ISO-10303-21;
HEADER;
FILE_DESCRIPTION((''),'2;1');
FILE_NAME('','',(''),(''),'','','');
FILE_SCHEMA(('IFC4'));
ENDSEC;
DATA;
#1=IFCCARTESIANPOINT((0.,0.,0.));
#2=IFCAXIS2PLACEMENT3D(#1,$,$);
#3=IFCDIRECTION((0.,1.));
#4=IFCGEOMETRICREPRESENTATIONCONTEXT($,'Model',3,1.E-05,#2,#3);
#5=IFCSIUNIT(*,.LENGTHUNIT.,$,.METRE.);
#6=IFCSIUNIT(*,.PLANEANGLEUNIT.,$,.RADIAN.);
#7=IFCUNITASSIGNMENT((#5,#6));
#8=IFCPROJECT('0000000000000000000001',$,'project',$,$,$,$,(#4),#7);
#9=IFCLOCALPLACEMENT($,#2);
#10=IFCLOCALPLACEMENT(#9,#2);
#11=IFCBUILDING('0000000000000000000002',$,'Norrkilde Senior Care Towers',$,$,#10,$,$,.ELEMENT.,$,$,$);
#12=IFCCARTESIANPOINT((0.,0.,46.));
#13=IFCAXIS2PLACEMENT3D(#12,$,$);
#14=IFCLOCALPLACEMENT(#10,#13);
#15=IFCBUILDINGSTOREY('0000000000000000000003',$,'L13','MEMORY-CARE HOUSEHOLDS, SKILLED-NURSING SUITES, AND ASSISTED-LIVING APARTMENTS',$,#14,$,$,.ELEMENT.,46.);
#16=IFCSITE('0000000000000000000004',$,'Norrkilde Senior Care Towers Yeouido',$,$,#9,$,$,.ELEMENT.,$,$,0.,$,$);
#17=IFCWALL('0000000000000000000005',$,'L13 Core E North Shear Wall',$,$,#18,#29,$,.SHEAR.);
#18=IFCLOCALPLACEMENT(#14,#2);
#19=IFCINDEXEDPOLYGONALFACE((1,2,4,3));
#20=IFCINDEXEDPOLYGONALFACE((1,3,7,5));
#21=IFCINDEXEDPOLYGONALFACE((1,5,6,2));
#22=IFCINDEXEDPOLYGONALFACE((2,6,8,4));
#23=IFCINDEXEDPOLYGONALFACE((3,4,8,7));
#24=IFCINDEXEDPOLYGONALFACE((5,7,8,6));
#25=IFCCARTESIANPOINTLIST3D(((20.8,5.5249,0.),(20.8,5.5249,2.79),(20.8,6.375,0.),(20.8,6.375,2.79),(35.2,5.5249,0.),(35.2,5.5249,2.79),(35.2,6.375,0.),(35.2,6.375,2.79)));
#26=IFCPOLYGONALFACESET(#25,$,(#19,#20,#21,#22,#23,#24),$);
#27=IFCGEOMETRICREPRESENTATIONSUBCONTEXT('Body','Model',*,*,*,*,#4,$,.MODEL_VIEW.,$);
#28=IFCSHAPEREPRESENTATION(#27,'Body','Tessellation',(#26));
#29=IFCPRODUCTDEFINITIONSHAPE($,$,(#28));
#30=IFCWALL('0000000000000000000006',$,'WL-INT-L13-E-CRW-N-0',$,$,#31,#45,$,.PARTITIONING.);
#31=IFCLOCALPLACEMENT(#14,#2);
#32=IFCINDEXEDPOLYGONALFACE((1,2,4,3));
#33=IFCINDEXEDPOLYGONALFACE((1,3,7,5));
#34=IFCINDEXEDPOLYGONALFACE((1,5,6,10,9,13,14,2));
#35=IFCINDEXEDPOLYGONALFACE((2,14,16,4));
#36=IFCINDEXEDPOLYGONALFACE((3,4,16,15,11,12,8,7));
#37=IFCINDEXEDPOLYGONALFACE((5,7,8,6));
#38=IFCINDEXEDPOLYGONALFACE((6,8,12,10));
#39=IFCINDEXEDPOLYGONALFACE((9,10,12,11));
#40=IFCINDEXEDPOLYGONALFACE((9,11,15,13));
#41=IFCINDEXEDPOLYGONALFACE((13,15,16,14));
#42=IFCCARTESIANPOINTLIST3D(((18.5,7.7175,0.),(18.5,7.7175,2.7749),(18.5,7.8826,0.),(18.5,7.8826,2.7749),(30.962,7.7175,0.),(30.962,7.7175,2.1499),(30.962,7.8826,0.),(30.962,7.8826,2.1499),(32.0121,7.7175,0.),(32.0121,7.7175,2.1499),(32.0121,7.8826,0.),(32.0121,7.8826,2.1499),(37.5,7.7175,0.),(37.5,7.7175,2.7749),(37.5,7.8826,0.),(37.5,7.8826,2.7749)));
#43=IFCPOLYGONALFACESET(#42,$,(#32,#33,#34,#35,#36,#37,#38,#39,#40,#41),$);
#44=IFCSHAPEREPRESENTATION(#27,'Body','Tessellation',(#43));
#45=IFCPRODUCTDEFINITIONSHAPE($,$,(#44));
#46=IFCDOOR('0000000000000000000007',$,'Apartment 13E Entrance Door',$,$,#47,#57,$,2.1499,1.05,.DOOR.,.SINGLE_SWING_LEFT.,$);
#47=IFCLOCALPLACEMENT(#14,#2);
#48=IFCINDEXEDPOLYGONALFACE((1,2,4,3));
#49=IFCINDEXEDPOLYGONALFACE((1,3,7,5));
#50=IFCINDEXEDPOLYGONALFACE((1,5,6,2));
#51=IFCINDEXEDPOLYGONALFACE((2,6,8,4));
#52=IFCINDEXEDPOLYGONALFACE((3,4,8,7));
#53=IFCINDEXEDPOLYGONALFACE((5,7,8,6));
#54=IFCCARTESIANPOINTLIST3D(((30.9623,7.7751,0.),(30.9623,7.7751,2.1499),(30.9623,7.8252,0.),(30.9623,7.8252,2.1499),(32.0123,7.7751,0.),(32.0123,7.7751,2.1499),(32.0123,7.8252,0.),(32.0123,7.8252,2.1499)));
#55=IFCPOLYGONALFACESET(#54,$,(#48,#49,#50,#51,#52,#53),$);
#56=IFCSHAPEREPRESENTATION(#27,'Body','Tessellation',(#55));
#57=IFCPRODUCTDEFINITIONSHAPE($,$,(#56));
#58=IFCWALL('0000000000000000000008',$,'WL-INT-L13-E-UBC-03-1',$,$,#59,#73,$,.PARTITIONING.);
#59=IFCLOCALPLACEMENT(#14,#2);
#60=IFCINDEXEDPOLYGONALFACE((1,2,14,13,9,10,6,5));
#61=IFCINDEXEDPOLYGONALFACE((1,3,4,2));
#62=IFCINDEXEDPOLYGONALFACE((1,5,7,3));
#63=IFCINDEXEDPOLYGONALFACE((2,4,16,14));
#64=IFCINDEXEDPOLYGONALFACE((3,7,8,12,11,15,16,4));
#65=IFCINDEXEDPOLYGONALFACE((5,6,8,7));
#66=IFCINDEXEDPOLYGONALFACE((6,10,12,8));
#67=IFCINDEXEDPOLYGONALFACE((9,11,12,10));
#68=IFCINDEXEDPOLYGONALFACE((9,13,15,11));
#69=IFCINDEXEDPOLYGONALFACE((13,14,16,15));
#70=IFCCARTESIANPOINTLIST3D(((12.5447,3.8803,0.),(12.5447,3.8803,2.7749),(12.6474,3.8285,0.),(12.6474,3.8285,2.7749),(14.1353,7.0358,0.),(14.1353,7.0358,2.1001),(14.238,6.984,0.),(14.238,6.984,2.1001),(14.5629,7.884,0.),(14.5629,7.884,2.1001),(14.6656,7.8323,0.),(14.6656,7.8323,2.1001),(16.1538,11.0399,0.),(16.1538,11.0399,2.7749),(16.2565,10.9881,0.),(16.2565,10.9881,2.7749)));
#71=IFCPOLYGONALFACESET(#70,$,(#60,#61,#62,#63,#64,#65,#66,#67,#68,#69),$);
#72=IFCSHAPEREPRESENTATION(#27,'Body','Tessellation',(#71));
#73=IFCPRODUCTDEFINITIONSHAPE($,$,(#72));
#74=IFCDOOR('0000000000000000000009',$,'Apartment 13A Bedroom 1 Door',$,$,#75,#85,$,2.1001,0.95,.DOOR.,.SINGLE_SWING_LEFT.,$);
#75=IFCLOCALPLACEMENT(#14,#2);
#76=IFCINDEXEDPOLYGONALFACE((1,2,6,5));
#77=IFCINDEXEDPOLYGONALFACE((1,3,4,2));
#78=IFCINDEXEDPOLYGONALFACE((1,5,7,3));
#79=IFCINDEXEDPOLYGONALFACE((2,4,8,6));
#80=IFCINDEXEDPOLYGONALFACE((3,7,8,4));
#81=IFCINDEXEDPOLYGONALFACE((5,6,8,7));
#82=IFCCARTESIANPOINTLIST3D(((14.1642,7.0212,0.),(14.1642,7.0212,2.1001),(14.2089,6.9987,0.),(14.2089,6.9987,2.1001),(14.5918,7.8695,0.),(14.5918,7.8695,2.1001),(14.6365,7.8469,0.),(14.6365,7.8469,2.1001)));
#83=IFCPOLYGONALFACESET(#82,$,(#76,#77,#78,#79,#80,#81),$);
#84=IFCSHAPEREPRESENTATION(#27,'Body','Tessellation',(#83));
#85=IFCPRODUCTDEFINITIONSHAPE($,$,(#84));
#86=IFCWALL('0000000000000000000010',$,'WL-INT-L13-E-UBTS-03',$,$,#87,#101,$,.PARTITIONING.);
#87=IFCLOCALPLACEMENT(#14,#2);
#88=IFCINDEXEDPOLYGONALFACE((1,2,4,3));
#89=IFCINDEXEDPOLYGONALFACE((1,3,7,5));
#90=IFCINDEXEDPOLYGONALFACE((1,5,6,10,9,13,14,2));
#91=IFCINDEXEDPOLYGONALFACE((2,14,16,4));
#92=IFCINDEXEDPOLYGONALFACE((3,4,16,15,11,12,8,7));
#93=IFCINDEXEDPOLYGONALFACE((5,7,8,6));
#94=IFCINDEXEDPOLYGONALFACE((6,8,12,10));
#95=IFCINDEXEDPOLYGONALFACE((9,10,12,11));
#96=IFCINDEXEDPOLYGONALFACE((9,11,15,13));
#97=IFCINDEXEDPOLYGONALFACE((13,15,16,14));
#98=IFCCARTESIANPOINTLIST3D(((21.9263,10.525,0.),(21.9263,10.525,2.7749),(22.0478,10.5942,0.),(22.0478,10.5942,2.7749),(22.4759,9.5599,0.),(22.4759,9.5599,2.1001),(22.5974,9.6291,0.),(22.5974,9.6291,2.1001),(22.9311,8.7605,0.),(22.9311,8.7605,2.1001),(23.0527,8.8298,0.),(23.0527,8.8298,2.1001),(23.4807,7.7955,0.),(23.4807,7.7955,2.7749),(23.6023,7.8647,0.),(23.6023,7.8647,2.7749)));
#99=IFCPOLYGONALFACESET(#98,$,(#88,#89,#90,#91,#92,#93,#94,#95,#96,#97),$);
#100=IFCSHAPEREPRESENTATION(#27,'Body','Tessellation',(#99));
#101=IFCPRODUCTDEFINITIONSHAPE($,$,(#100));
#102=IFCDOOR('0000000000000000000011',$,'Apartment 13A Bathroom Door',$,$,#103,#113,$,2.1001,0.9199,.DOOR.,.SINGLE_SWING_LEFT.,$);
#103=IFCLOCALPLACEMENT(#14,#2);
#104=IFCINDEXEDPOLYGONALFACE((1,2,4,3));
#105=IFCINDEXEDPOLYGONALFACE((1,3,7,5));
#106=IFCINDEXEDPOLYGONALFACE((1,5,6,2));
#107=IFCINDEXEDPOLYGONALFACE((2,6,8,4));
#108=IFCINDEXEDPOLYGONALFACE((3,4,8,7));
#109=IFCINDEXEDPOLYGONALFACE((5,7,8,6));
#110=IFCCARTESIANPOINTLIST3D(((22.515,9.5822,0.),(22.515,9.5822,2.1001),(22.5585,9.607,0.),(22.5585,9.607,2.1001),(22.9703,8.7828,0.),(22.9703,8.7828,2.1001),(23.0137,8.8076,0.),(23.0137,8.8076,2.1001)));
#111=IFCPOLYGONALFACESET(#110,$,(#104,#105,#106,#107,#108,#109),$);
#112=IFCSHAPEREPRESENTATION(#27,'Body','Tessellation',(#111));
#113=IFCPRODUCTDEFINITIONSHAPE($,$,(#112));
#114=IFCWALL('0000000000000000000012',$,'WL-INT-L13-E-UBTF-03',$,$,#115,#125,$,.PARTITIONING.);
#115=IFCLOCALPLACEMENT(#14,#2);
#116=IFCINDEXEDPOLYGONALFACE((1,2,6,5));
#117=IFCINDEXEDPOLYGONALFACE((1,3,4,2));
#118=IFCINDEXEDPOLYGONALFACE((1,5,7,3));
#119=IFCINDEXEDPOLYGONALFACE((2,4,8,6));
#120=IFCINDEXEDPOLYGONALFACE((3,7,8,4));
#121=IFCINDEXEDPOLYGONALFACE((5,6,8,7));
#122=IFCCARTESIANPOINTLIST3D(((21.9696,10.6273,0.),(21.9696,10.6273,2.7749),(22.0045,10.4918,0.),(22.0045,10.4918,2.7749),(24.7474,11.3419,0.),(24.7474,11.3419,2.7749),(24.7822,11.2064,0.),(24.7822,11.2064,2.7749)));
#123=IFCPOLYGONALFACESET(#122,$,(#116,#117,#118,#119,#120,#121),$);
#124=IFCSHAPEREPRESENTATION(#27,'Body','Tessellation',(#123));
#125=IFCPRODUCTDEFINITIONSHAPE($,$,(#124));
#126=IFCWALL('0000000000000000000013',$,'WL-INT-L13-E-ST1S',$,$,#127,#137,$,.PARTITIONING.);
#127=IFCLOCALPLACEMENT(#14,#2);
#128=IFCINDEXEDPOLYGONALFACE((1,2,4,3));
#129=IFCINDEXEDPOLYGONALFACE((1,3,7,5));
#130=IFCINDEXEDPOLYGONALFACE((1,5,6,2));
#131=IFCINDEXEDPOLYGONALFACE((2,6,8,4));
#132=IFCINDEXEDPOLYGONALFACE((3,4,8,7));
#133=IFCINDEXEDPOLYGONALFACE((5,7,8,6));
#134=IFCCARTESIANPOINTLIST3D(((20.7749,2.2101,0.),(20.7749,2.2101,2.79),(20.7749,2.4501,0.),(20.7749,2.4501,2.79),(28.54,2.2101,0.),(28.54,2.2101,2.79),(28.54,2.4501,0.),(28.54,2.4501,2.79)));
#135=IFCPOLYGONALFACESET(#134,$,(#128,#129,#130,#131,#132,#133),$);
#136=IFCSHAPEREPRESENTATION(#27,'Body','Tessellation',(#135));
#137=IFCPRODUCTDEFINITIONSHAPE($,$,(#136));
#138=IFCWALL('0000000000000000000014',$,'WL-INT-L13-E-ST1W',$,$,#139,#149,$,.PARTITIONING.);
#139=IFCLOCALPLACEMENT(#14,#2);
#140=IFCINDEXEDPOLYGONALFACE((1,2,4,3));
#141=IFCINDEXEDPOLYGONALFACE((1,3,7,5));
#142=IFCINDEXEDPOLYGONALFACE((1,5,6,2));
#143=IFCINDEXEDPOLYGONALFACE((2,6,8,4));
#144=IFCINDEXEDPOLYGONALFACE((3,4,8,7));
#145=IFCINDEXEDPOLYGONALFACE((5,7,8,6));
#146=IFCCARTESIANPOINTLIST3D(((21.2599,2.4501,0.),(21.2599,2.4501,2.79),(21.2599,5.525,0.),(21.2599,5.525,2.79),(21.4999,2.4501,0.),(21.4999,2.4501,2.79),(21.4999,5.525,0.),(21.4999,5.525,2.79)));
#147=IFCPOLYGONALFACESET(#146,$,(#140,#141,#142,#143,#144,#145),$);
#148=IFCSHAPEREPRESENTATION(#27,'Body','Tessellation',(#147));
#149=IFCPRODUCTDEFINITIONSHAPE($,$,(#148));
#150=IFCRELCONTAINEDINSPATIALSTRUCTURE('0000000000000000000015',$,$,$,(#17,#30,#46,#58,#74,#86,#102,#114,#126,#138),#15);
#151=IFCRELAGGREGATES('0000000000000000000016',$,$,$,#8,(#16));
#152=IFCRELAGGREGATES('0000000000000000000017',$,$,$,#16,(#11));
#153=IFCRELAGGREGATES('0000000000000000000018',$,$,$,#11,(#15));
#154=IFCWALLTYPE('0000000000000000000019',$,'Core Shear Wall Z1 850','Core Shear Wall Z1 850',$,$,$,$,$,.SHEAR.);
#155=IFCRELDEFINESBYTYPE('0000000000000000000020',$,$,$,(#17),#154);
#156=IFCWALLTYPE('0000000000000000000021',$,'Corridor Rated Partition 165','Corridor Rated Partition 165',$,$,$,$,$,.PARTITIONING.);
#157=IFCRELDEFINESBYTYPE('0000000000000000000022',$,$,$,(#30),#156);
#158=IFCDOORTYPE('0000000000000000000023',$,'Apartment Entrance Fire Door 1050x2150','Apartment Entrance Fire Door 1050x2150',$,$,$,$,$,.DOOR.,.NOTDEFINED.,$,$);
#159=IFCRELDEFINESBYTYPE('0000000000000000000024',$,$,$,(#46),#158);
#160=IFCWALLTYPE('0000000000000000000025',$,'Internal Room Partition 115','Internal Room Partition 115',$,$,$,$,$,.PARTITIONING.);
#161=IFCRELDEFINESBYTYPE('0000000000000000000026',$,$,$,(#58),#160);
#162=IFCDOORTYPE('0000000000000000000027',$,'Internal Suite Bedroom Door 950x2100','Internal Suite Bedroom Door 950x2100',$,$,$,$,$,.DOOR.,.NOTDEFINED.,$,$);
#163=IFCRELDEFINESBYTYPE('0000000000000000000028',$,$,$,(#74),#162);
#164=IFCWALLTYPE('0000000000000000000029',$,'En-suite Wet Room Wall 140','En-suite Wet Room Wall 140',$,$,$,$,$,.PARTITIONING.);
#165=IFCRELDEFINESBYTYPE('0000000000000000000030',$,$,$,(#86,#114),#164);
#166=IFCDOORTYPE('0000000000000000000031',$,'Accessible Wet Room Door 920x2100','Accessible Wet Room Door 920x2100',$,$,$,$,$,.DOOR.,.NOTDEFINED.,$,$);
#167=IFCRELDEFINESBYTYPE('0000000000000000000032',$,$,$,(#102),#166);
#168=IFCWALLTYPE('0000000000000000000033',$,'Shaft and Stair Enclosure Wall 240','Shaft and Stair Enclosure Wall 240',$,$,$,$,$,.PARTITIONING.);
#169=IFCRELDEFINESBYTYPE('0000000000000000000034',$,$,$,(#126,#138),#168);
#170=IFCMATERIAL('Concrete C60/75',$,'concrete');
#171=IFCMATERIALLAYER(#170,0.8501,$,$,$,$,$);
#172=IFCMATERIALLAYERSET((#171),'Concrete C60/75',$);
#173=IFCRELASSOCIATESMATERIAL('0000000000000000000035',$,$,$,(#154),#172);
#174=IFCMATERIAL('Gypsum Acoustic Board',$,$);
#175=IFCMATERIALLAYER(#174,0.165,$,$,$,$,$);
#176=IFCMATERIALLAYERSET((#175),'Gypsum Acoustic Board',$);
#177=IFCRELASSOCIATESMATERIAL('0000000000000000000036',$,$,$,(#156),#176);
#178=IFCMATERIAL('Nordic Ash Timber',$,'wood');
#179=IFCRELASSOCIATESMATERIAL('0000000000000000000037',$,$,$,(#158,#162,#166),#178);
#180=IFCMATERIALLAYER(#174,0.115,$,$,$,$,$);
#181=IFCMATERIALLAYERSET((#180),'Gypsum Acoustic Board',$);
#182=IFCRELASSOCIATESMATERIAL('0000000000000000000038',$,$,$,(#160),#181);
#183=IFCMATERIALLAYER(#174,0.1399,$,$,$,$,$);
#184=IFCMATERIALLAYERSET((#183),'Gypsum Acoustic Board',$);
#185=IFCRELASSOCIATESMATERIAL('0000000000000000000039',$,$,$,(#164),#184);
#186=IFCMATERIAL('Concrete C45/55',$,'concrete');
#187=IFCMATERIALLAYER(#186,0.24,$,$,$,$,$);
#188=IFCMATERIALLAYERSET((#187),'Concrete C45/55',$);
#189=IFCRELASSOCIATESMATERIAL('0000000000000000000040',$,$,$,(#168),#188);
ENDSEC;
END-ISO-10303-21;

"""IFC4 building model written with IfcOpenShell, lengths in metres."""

from ifc_helpers import new_model, si_unit, direction, frame, frame_2d, origin, place, context, subcontext, project, spatial, rectangle, extrude, source, transform, mapped, material, layer, layer_set, type_object, type_shapes, element, fill, save


model = new_model("IFC4")

# Units and contexts
model_context = context("Model", 3, precision=1e-05, world=origin(), true_north=direction((0.0, 1.0)))
body_context = subcontext(model_context, "Body", "Model", "MODEL_VIEW")
ifc_project = project(units=[si_unit("LENGTHUNIT", "METRE"), si_unit("PLANEANGLEUNIT", "RADIAN")], contexts=[model_context])

# Site, building, storey
site_placement = place(None, origin())
site = spatial("IfcSite", under=ifc_project, at=site_placement, Name="Norrkilde Senior Care Towers Yeouido", CompositionType="ELEMENT", RefElevation=0.0)
building_placement = place(site_placement, origin())
building = spatial("IfcBuilding", under=site, at=building_placement, Name="Norrkilde Senior Care Towers", CompositionType="ELEMENT")
storey_placement = place(building_placement, frame((0.0, 0.0, 46.0)))
storey = spatial("IfcBuildingStorey", under=building, at=storey_placement, Name="L13", Description="MEMORY-CARE HOUSEHOLDS, SKILLED-NURSING SUITES, AND ASSISTED-LIVING APARTMENTS", CompositionType="ELEMENT", Elevation=46.0)

# Shared definitions
ifc_material_1 = material(Name="Concrete C60/75", Category="concrete")

# Wall
ifc_layer_1 = layer(ifc_material_1, 0.8501)
ifc_layer_set_1 = layer_set([ifc_layer_1], Name="Concrete C60/75")
wall_type_1 = type_object("IfcWallType", Name="Core Shear Wall Z1 850", Description="Core Shear Wall Z1 850", PredefinedType="SHEAR", material=ifc_layer_set_1)
shared_shape_1 = source(origin(), body_context, "Body", "SweptSolid", [
    extrude(rectangle(XDim=14.3999, YDim=0.8501, at=frame_2d((7.2, 0.0))), origin(), (0.0, 0.0, 1.0), 2.79),
])
type_shapes(wall_type_1, [shared_shape_1])
wall_1_placement = place(storey_placement, frame((20.8, 5.95, 0.0), z_axis=(0.0, 0.0, 1.0), x_axis=(1.0, 0.0, 0.0)))
element("IfcWall", 1, at=wall_1_placement, inside=storey, type_object=wall_type_1, Name="L13 Core E North Shear Wall", PredefinedType="SHEAR", context=body_context, shape_type="MappedRepresentation", body=[
    mapped(shared_shape_1, transform((0.0, 0.0, 0.0), x_axis=(1.0, 0.0, 0.0), y_axis=(0.0, 1.0, 0.0), z_axis=(0.0, 0.0, 1.0), scale=1.0)),
])

# Walls, openings, doors
ifc_material_2 = material(Name="Gypsum Acoustic Board")
ifc_layer_2 = layer(ifc_material_2, 0.165)
ifc_layer_set_2 = layer_set([ifc_layer_2], Name="Gypsum Acoustic Board")
wall_type_2 = type_object("IfcWallType", Name="Corridor Rated Partition 165", Description="Corridor Rated Partition 165", PredefinedType="PARTITIONING", material=ifc_layer_set_2)
shared_shape_2 = source(origin(), body_context, "Body", "SweptSolid", [
    extrude(rectangle(XDim=19.0, YDim=0.165, at=frame_2d((9.5, 0.0))), origin(), (0.0, 0.0, 1.0), 2.7749),
])
type_shapes(wall_type_2, [shared_shape_2])
wall_2_placement = place(storey_placement, frame((18.5, 7.8, 0.0), z_axis=(0.0, 0.0, 1.0), x_axis=(1.0, 0.0, 0.0)))
wall_2 = element("IfcWall", 2, at=wall_2_placement, inside=storey, type_object=wall_type_2, Name="WL-INT-L13-E-CRW-N-0", PredefinedType="PARTITIONING", context=body_context, shape_type="MappedRepresentation", body=[
    mapped(shared_shape_2, transform((0.0, 0.0, 0.0), x_axis=(1.0, 0.0, 0.0), y_axis=(0.0, 1.0, 0.0), z_axis=(0.0, 0.0, 1.0), scale=1.0)),
])
opening_1_placement = place(wall_2_placement, frame((12.4622, 0.0, 0.0)))
opening_1 = element("IfcOpeningElement", 3, at=opening_1_placement, cuts=wall_2, PredefinedType="OPENING", context=body_context, shape_type="SweptSolid", body=[
    extrude(rectangle(XDim=1.05, YDim=2.1499, at=frame_2d((0.5249, 1.075))), frame((0.0, 0.0925, 0.0), z_axis=(0.0, -1.0, 0.0), x_axis=(1.0, 0.0, 0.0)), (0.0, 0.0, 1.0), 0.1851),
])
ifc_material_3 = material(Name="Nordic Ash Timber", Category="wood")
door_type_1 = type_object("IfcDoorType", Name="Apartment Entrance Fire Door 1050x2150", Description="Apartment Entrance Fire Door 1050x2150", OperationType="NOTDEFINED", PredefinedType="DOOR", material=ifc_material_3)
shared_shape_3 = source(origin(), body_context, "Body", "SweptSolid", [
    extrude(rectangle(XDim=1.05, YDim=2.1499, at=frame_2d((0.5249, 1.075))), frame((0.0, 0.0249, 0.0), z_axis=(0.0, -1.0, 0.0), x_axis=(1.0, 0.0, 0.0)), (0.0, 0.0, 1.0), 0.05),
])
type_shapes(door_type_1, [shared_shape_3])
door_1_placement = place(opening_1_placement, frame((1.05, 0.0, 0.0), z_axis=(0.0, 0.0, 1.0), x_axis=(-1.0, 0.0, 0.0)))
door_1 = element("IfcDoor", 4, at=door_1_placement, inside=storey, type_object=door_type_1, Name="Apartment 13E Entrance Door", OperationType="SINGLE_SWING_LEFT", OverallHeight=2.1499, OverallWidth=1.05, PredefinedType="DOOR", context=body_context, shape_type="MappedRepresentation", body=[
    mapped(shared_shape_3, transform((0.0, 0.0, 0.0), x_axis=(1.0, 0.0, 0.0), y_axis=(0.0, 1.0, 0.0), z_axis=(0.0, 0.0, 1.0), scale=1.0)),
])
fill(opening_1, door_1)
ifc_layer_3 = layer(ifc_material_2, 0.115)
ifc_layer_set_3 = layer_set([ifc_layer_3], Name="Gypsum Acoustic Board")
wall_type_3 = type_object("IfcWallType", Name="Internal Room Partition 115", Description="Internal Room Partition 115", PredefinedType="PARTITIONING", material=ifc_layer_set_3)
shared_shape_4 = source(origin(), body_context, "Body", "SweptSolid", [
    extrude(rectangle(XDim=8.0178, YDim=0.115, at=frame_2d((4.0088, 0.0))), origin(), (0.0, 0.0, 1.0), 2.7749),
])
wall_3_placement = place(storey_placement, frame((16.2051, 11.0139, 0.0), z_axis=(0.0, 0.0, 1.0), x_axis=(-0.450134, -0.892961, 0.0)))
wall_3 = element("IfcWall", 5, at=wall_3_placement, inside=storey, type_object=wall_type_3, Name="WL-INT-L13-E-UBC-03-1", PredefinedType="PARTITIONING", context=body_context, shape_type="MappedRepresentation", body=[
    mapped(shared_shape_4, transform((0.0, 0.0, 0.0), x_axis=(1.0, 0.0, 0.0), y_axis=(0.0, 1.0, 0.0), z_axis=(0.0, 0.0, 1.0), scale=1.0)),
])
opening_2_placement = place(wall_3_placement, frame((3.5339, 0.0, 0.0)))
opening_2 = element("IfcOpeningElement", 6, at=opening_2_placement, cuts=wall_3, PredefinedType="OPENING", context=body_context, shape_type="SweptSolid", body=[
    extrude(rectangle(XDim=0.95, YDim=2.1001, at=frame_2d((0.4751, 1.05))), frame((0.0, 0.0674, 0.0), z_axis=(0.0, -1.0, 0.0), x_axis=(1.0, 0.0, 0.0)), (0.0, 0.0, 1.0), 0.135),
])
door_type_2 = type_object("IfcDoorType", Name="Internal Suite Bedroom Door 950x2100", Description="Internal Suite Bedroom Door 950x2100", OperationType="NOTDEFINED", PredefinedType="DOOR", material=ifc_material_3)
shared_shape_5 = source(origin(), body_context, "Body", "SweptSolid", [
    extrude(rectangle(XDim=0.95, YDim=2.1001, at=frame_2d((0.4751, 1.05))), frame((0.0, 0.0249, 0.0), z_axis=(0.0, -1.0, 0.0), x_axis=(1.0, 0.0, 0.0)), (0.0, 0.0, 1.0), 0.05),
])
type_shapes(door_type_2, [shared_shape_5])
door_2_placement = place(opening_2_placement, origin())
door_2 = element("IfcDoor", 7, at=door_2_placement, inside=storey, type_object=door_type_2, Name="Apartment 13A Bedroom 1 Door", OperationType="SINGLE_SWING_LEFT", OverallHeight=2.1001, OverallWidth=0.95, PredefinedType="DOOR", context=body_context, shape_type="MappedRepresentation", body=[
    mapped(shared_shape_5, transform((0.0, 0.0, 0.0), x_axis=(1.0, 0.0, 0.0), y_axis=(0.0, 1.0, 0.0), z_axis=(0.0, 0.0, 1.0), scale=1.0)),
])
fill(opening_2, door_2)
ifc_layer_4 = layer(ifc_material_2, 0.1399)
ifc_layer_set_4 = layer_set([ifc_layer_4], Name="Gypsum Acoustic Board")
wall_type_4 = type_object("IfcWallType", Name="En-suite Wet Room Wall 140", Description="En-suite Wet Room Wall 140", PredefinedType="PARTITIONING", material=ifc_layer_set_4)
shared_shape_6 = source(origin(), body_context, "Body", "SweptSolid", [
    extrude(rectangle(XDim=3.1411, YDim=0.1399, at=frame_2d((1.5706, 0.0))), origin(), (0.0, 0.0, 1.0), 2.7749),
])
wall_4_placement = place(storey_placement, frame((23.5415, 7.8301, 0.0), z_axis=(0.0, 0.0, 1.0), x_axis=(-0.494874, 0.868964, 0.0)))
wall_4 = element("IfcWall", 8, at=wall_4_placement, inside=storey, type_object=wall_type_4, Name="WL-INT-L13-E-UBTS-03", PredefinedType="PARTITIONING", context=body_context, shape_type="MappedRepresentation", body=[
    mapped(shared_shape_6, transform((0.0, 0.0, 0.0), x_axis=(1.0, 0.0, 0.0), y_axis=(0.0, 1.0, 0.0), z_axis=(0.0, 0.0, 1.0), scale=1.0)),
])
opening_3_placement = place(wall_4_placement, frame((1.1106, 0.0, 0.0)))
opening_3 = element("IfcOpeningElement", 9, at=opening_3_placement, cuts=wall_4, PredefinedType="OPENING", context=body_context, shape_type="SweptSolid", body=[
    extrude(rectangle(XDim=0.9199, YDim=2.1001, at=frame_2d((0.46, 1.05))), frame((0.0, 0.0798, 0.0), z_axis=(0.0, -1.0, 0.0), x_axis=(1.0, 0.0, 0.0)), (0.0, 0.0, 1.0), 0.1599),
])
door_type_3 = type_object("IfcDoorType", Name="Accessible Wet Room Door 920x2100", Description="Accessible Wet Room Door 920x2100", OperationType="NOTDEFINED", PredefinedType="DOOR", material=ifc_material_3)
shared_shape_7 = source(origin(), body_context, "Body", "SweptSolid", [
    extrude(rectangle(XDim=0.9199, YDim=2.1001, at=frame_2d((0.46, 1.05))), frame((0.0, 0.0249, 0.0), z_axis=(0.0, -1.0, 0.0), x_axis=(1.0, 0.0, 0.0)), (0.0, 0.0, 1.0), 0.05),
])
type_shapes(door_type_3, [shared_shape_7])
door_3_placement = place(opening_3_placement, origin())
door_3 = element("IfcDoor", 10, at=door_3_placement, inside=storey, type_object=door_type_3, Name="Apartment 13A Bathroom Door", OperationType="SINGLE_SWING_LEFT", OverallHeight=2.1001, OverallWidth=0.9199, PredefinedType="DOOR", context=body_context, shape_type="MappedRepresentation", body=[
    mapped(shared_shape_7, transform((0.0, 0.0, 0.0), x_axis=(1.0, 0.0, 0.0), y_axis=(0.0, 1.0, 0.0), z_axis=(0.0, 0.0, 1.0), scale=1.0)),
])
fill(opening_3, door_3)

# Walls
shared_shape_8 = source(origin(), body_context, "Body", "SweptSolid", [
    extrude(rectangle(XDim=2.8682, YDim=0.1399, at=frame_2d((1.4341, 0.0))), origin(), (0.0, 0.0, 1.0), 2.7749),
])
type_shapes(wall_type_4, [shared_shape_6, shared_shape_8])
wall_5_placement = place(storey_placement, frame((21.9871, 10.5596, 0.0), z_axis=(0.0, 0.0, 1.0), x_axis=(0.968468, 0.249139, 0.0)))
element("IfcWall", 11, at=wall_5_placement, inside=storey, type_object=wall_type_4, Name="WL-INT-L13-E-UBTF-03", PredefinedType="PARTITIONING", context=body_context, shape_type="MappedRepresentation", body=[
    mapped(shared_shape_8, transform((0.0, 0.0, 0.0), x_axis=(1.0, 0.0, 0.0), y_axis=(0.0, 1.0, 0.0), z_axis=(0.0, 0.0, 1.0), scale=1.0)),
])
ifc_material_4 = material(Name="Concrete C45/55", Category="concrete")
ifc_layer_5 = layer(ifc_material_4, 0.24)
ifc_layer_set_5 = layer_set([ifc_layer_5], Name="Concrete C45/55")
wall_type_5 = type_object("IfcWallType", Name="Shaft and Stair Enclosure Wall 240", Description="Shaft and Stair Enclosure Wall 240", PredefinedType="PARTITIONING", material=ifc_layer_set_5)
shared_shape_9 = source(origin(), body_context, "Body", "SweptSolid", [
    extrude(rectangle(XDim=7.7651, YDim=0.24, at=frame_2d((3.8826, 0.0))), origin(), (0.0, 0.0, 1.0), 2.79),
])
wall_6_placement = place(storey_placement, frame((20.7749, 2.3301, 0.0), z_axis=(0.0, 0.0, 1.0), x_axis=(1.0, 0.0, 0.0)))
element("IfcWall", 12, at=wall_6_placement, inside=storey, type_object=wall_type_5, Name="WL-INT-L13-E-ST1S", PredefinedType="PARTITIONING", context=body_context, shape_type="MappedRepresentation", body=[
    mapped(shared_shape_9, transform((0.0, 0.0, 0.0), x_axis=(1.0, 0.0, 0.0), y_axis=(0.0, 1.0, 0.0), z_axis=(0.0, 0.0, 1.0), scale=1.0)),
])
shared_shape_10 = source(origin(), body_context, "Body", "SweptSolid", [
    extrude(rectangle(XDim=3.075, YDim=0.24, at=frame_2d((1.5376, 0.0))), origin(), (0.0, 0.0, 1.0), 2.79),
])
type_shapes(wall_type_5, [shared_shape_9, shared_shape_10])
wall_7_placement = place(storey_placement, frame((21.3799, 2.45, 0.0), z_axis=(0.0, 0.0, 1.0), x_axis=(0.0, 1.0, 0.0)))
element("IfcWall", 13, at=wall_7_placement, inside=storey, type_object=wall_type_5, Name="WL-INT-L13-E-ST1W", PredefinedType="PARTITIONING", context=body_context, shape_type="MappedRepresentation", body=[
    mapped(shared_shape_10, transform((0.0, 0.0, 0.0), x_axis=(1.0, 0.0, 0.0), y_axis=(0.0, 1.0, 0.0), z_axis=(0.0, 0.0, 1.0), scale=1.0)),
])

save(model, "model.ifc")
